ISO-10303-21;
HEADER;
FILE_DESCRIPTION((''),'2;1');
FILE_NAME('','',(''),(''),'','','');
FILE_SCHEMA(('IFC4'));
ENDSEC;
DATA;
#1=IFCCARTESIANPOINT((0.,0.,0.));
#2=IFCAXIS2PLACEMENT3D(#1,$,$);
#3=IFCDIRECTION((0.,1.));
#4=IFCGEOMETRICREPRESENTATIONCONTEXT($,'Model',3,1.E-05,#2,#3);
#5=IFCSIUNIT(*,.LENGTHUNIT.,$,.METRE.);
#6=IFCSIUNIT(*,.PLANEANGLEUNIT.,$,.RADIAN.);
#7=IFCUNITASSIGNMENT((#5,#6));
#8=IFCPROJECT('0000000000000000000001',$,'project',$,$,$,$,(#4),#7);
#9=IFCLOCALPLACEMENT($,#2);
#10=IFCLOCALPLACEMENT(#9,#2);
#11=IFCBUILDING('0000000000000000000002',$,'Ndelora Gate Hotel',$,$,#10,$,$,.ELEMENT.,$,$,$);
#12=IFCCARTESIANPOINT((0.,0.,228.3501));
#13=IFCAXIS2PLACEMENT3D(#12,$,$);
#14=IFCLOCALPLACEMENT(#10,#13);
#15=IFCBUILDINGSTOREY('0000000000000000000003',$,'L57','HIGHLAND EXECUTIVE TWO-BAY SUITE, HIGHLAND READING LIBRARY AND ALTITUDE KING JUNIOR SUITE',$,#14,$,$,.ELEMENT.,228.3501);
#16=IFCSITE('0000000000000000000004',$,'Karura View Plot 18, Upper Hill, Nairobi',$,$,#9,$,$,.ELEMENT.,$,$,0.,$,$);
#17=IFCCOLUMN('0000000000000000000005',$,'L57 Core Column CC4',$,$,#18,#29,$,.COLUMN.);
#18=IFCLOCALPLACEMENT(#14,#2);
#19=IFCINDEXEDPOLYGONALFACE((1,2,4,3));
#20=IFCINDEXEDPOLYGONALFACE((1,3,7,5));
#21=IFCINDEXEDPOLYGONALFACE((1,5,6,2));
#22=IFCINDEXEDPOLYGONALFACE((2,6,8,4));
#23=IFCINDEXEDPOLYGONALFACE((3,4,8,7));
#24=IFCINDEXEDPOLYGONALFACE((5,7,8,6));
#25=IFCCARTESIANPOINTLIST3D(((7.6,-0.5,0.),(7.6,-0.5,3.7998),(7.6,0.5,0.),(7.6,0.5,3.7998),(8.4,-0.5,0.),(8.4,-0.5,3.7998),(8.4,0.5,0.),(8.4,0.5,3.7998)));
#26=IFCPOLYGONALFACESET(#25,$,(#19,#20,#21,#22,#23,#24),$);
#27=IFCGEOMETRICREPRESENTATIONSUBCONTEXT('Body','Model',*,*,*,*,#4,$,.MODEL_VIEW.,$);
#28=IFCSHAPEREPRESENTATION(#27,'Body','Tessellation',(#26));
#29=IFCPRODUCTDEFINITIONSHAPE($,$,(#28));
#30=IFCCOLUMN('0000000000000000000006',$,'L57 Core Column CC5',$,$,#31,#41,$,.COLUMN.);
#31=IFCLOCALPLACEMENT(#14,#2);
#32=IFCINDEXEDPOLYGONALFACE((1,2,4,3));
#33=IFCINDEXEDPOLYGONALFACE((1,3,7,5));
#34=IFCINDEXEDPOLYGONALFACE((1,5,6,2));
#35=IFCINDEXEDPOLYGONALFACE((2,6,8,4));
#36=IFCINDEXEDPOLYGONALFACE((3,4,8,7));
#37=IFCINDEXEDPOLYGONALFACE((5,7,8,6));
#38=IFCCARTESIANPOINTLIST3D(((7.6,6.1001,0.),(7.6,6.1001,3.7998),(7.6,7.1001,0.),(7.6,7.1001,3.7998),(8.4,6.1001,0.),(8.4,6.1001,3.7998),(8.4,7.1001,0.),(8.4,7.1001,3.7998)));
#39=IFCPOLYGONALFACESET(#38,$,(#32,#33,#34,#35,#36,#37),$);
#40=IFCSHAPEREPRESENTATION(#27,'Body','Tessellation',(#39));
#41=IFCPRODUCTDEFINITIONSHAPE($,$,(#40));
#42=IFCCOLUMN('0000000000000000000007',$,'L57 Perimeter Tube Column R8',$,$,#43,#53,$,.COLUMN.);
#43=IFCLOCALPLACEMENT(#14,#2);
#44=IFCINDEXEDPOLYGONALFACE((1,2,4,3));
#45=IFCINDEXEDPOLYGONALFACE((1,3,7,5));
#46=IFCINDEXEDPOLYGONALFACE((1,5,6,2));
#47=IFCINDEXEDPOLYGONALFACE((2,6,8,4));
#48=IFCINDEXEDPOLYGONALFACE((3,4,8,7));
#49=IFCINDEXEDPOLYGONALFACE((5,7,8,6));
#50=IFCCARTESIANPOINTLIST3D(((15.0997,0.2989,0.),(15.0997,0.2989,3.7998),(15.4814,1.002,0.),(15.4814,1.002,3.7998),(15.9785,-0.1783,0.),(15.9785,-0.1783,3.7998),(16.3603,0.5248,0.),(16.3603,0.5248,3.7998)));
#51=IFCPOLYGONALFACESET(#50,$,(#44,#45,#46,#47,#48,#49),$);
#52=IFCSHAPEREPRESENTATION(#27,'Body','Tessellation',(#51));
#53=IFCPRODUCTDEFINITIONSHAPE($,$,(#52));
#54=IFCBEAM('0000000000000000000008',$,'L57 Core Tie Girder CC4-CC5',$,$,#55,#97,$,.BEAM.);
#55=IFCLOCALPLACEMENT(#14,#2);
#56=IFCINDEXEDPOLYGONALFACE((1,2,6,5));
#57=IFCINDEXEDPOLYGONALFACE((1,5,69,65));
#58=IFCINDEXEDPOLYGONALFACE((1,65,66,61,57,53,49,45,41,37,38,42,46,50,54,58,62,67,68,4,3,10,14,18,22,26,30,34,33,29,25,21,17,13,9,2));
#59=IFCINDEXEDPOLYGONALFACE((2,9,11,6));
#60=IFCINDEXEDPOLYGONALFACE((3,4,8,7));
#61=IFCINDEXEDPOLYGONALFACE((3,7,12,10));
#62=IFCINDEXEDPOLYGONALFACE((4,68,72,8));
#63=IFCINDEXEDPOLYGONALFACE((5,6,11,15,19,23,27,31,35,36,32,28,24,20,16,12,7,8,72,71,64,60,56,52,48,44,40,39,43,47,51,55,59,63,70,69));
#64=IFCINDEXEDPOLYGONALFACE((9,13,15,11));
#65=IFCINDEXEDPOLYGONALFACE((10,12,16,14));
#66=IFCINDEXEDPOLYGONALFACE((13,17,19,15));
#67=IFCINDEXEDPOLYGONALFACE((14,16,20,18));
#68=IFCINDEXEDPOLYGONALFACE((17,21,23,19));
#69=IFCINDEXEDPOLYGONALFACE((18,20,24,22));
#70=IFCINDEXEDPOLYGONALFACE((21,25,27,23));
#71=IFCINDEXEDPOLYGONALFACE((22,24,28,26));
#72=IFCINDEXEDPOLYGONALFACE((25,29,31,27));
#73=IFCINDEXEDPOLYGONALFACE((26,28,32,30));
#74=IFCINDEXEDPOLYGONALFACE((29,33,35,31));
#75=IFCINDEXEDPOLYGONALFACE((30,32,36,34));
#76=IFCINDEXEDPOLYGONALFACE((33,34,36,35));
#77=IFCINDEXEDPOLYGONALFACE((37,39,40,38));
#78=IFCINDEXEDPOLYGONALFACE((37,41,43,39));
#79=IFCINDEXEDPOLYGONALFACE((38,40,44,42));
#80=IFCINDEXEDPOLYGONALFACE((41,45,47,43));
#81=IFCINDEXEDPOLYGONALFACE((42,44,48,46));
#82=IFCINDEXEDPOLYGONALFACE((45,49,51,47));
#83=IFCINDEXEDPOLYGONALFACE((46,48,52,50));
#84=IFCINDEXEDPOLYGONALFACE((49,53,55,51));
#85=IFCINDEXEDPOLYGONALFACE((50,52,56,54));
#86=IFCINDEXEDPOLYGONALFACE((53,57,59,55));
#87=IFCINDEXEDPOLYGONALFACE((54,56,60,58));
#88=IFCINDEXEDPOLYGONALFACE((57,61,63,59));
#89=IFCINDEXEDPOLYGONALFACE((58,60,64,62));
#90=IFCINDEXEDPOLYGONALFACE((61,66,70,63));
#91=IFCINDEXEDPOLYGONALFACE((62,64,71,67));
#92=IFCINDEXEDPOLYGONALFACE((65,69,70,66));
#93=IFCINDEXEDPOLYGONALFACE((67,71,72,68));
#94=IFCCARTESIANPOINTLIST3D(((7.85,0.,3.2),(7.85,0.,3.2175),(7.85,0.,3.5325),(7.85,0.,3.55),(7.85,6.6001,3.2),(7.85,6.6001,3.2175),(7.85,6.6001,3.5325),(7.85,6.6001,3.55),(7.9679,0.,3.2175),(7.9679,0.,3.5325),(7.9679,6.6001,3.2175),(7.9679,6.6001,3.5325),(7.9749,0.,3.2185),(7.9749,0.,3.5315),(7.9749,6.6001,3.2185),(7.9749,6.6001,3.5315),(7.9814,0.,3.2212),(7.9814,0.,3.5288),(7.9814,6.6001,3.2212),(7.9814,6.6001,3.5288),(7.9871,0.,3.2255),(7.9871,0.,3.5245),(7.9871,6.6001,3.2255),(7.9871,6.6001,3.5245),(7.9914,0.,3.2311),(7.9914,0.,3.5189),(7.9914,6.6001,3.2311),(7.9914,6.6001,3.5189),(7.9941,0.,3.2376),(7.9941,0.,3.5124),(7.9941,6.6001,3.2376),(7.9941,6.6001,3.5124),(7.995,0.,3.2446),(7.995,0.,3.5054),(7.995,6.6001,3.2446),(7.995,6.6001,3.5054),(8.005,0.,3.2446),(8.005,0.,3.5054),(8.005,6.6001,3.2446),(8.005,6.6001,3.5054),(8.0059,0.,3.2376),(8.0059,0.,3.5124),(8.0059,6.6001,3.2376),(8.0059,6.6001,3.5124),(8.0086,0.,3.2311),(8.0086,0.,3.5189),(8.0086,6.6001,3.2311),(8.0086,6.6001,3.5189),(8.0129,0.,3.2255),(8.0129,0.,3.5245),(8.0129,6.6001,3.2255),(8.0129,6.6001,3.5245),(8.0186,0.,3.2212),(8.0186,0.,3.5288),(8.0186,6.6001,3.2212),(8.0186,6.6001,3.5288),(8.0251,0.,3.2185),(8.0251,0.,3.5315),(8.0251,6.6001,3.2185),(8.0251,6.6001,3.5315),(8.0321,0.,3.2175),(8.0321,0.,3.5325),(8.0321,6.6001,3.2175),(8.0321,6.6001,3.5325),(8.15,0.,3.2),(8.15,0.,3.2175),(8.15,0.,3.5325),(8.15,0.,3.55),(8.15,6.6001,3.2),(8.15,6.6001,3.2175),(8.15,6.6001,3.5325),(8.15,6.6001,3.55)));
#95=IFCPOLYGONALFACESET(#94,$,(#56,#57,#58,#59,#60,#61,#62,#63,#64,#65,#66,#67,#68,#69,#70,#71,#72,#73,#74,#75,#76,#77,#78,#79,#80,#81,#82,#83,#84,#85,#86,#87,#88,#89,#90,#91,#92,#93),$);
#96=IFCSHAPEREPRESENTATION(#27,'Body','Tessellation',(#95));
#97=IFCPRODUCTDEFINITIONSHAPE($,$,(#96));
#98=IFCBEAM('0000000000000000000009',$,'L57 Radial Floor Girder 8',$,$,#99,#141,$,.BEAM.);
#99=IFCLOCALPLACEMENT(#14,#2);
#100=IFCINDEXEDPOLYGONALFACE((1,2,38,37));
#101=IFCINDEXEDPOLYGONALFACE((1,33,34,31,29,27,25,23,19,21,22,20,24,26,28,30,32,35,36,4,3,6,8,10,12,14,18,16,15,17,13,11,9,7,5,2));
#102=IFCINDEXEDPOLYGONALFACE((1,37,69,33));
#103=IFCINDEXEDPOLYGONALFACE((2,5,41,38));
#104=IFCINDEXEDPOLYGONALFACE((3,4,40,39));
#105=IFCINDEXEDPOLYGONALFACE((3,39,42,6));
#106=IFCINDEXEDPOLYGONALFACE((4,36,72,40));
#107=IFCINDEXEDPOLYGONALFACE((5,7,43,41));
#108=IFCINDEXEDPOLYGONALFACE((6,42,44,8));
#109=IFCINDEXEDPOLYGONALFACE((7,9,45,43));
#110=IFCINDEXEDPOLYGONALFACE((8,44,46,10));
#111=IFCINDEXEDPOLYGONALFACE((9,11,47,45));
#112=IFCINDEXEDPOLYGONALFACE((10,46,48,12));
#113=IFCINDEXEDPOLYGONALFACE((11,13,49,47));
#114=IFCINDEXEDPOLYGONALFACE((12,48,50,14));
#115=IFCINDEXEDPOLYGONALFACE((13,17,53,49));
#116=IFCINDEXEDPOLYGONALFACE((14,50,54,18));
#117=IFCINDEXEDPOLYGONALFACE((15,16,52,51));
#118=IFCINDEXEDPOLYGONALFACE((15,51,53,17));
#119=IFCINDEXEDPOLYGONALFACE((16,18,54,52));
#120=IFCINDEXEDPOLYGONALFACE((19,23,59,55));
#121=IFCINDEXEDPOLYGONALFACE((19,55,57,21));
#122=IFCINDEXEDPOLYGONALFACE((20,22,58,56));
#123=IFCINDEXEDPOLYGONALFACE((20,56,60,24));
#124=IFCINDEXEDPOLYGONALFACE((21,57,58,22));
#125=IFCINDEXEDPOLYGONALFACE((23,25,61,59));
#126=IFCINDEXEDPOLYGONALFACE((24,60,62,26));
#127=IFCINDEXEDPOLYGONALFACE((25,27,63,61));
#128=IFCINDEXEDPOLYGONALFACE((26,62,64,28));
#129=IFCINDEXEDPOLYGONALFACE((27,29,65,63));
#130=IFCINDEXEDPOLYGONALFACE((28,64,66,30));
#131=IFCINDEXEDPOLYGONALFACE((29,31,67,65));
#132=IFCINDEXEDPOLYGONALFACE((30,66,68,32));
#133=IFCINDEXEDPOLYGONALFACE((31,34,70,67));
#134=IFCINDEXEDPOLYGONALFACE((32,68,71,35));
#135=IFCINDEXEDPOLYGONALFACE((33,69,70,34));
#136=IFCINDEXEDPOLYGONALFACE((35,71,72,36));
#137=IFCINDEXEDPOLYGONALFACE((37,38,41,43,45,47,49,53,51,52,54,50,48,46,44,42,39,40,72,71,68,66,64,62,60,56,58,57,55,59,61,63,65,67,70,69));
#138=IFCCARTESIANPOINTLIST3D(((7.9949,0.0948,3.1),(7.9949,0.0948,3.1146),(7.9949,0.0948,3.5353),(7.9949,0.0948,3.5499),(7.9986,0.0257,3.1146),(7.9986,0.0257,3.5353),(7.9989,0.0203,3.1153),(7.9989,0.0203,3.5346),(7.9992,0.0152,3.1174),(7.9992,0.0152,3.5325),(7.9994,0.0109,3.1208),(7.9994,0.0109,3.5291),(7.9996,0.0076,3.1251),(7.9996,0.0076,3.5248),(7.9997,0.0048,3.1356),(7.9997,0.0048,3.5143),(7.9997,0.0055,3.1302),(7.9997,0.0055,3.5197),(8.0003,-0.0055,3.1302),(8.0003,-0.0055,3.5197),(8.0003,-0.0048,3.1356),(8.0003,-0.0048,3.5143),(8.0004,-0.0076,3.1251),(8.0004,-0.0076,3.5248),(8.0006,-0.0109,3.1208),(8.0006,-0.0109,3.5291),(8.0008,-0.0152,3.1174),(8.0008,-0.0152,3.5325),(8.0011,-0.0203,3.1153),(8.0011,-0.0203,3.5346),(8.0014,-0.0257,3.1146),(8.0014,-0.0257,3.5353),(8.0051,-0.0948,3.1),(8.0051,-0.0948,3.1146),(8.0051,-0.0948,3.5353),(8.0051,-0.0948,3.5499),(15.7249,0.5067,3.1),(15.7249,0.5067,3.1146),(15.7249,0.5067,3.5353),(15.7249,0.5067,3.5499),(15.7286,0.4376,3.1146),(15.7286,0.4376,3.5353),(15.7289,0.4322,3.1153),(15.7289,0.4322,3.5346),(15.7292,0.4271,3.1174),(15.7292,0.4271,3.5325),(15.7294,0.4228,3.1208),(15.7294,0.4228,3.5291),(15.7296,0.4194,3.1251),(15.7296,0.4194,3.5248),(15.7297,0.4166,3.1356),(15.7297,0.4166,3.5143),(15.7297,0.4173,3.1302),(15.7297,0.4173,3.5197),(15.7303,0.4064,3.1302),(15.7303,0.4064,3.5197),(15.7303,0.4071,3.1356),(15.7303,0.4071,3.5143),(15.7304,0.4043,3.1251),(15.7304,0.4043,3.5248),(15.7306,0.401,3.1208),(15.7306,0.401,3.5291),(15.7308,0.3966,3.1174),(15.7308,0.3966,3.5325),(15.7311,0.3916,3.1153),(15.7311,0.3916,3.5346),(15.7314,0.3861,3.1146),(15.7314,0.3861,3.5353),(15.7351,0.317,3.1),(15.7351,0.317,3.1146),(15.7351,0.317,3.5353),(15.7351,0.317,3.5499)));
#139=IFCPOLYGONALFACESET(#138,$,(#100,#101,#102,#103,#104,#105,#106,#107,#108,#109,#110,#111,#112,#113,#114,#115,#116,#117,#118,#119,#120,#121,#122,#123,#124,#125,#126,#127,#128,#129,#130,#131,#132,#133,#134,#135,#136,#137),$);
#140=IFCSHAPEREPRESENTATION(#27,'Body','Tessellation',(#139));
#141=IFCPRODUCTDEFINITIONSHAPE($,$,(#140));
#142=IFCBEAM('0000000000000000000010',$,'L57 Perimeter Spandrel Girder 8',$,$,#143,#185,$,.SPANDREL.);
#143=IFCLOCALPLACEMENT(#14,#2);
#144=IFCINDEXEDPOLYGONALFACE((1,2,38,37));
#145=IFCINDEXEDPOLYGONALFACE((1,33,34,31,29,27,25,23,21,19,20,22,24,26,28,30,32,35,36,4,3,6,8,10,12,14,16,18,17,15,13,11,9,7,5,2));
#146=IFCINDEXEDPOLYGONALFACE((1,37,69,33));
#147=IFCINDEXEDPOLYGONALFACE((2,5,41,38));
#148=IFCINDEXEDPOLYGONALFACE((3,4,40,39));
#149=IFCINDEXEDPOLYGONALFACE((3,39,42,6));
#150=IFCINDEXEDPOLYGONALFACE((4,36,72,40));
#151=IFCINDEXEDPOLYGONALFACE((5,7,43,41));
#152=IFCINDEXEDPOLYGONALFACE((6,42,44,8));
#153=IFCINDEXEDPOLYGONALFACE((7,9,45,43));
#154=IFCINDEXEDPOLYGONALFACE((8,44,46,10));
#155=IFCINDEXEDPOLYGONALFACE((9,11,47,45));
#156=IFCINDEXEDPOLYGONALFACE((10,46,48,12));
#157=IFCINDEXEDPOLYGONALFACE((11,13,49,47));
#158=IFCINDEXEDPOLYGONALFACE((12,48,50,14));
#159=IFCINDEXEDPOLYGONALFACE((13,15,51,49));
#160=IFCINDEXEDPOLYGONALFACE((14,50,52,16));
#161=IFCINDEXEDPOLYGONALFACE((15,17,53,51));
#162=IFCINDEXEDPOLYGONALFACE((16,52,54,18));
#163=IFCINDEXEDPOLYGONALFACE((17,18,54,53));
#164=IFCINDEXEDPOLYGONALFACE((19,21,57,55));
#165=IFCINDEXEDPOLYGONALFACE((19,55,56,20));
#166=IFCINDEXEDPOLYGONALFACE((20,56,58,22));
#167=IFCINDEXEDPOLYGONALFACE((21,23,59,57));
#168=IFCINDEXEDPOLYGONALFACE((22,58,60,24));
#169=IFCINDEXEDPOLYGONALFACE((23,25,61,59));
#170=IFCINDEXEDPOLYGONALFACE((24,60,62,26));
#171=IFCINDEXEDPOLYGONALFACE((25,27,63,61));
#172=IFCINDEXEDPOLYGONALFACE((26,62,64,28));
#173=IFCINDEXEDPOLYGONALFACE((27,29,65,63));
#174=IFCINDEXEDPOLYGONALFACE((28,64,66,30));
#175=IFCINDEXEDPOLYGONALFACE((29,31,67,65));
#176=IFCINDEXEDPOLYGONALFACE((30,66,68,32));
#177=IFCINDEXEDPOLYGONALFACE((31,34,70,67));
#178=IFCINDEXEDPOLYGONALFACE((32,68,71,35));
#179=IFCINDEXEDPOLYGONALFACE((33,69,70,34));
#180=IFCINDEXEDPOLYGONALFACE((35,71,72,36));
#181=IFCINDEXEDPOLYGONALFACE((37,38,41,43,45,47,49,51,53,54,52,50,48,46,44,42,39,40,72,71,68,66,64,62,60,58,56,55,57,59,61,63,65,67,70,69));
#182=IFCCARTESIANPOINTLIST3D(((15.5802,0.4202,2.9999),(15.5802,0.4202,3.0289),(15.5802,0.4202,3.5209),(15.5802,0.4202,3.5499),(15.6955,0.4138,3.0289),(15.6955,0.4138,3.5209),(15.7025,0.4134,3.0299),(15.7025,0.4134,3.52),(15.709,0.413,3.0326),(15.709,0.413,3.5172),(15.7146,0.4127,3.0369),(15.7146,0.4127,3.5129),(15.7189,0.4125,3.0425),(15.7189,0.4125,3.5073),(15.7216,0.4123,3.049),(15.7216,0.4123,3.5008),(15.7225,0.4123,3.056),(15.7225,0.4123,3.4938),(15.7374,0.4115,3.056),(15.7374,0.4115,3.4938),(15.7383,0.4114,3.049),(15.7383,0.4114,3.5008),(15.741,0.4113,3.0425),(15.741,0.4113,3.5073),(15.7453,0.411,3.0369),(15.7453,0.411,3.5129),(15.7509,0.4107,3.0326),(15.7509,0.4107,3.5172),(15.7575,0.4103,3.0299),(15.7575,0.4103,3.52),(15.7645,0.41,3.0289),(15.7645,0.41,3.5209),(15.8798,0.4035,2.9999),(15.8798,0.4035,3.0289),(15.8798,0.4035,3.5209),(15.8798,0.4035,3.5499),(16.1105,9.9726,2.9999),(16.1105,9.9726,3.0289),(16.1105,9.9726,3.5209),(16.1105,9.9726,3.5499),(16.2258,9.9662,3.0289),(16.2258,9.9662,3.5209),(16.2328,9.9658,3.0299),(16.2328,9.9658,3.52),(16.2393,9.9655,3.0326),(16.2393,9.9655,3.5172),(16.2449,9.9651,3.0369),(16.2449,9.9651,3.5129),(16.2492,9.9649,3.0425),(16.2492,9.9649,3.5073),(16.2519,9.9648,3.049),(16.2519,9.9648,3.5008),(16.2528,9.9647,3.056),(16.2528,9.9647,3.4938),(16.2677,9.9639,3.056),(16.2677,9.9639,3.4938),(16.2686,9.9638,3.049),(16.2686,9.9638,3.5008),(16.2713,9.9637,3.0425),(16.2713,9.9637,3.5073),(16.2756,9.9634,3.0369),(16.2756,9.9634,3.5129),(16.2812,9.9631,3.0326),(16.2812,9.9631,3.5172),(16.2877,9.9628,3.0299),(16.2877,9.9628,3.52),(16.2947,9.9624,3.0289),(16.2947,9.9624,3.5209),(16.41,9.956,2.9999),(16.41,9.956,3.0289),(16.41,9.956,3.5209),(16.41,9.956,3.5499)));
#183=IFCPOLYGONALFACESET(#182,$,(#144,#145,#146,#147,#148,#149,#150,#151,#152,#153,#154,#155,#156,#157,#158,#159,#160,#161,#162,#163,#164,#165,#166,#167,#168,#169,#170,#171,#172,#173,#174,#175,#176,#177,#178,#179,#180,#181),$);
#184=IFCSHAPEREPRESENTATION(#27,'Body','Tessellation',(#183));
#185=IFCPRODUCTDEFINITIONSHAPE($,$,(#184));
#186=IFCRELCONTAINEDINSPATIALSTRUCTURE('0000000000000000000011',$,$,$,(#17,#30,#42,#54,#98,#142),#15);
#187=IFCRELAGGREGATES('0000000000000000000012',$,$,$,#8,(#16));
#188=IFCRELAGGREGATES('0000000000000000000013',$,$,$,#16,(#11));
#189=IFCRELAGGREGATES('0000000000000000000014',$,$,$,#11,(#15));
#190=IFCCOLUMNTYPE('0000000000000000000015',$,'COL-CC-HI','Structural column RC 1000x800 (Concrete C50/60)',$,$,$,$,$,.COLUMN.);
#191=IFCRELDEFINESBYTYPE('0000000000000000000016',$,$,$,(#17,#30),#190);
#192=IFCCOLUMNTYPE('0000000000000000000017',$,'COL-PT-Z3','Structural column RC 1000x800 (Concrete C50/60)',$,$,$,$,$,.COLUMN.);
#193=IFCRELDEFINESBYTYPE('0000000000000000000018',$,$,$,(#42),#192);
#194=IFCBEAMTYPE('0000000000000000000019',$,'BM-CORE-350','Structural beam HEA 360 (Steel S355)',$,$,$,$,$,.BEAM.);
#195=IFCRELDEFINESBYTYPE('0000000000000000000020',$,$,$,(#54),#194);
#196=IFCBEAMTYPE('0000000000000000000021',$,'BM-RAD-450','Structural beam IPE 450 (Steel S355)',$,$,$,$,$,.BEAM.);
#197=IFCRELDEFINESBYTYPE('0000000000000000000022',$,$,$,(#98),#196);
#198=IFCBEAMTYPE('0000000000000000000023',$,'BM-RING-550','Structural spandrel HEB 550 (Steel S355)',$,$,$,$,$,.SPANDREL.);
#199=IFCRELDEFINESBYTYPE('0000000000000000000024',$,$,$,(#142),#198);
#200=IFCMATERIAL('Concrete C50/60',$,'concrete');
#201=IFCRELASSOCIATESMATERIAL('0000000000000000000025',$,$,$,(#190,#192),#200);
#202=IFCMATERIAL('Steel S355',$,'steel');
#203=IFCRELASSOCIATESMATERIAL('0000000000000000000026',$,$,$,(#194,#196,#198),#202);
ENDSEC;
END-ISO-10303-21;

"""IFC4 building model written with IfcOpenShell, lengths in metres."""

from ifc_helpers import new_model, si_unit, direction, frame, origin, origin_2d, place, context, subcontext, project, spatial, rectangle, i_section, extrude, material, material_profile, profile_set, type_object, element, save


model = new_model("IFC4")

# Units and contexts
model_context = context("Model", 3, precision=1e-05, world=origin(), true_north=direction((0.0, 1.0)))
body_context = subcontext(model_context, "Body", "Model", "MODEL_VIEW")
ifc_project = project(units=[si_unit("LENGTHUNIT", "METRE"), si_unit("PLANEANGLEUNIT", "RADIAN")], contexts=[model_context])

# Site, building, storey
site_placement = place(None, origin())
site = spatial("IfcSite", under=ifc_project, at=site_placement, Name="Karura View Plot 18, Upper Hill, Nairobi", CompositionType="ELEMENT", RefElevation=0.0)
building_placement = place(site_placement, origin())
building = spatial("IfcBuilding", under=site, at=building_placement, Name="Ndelora Gate Hotel", CompositionType="ELEMENT")
storey_placement = place(building_placement, frame((0.0, 0.0, 228.3501)))
storey = spatial("IfcBuildingStorey", under=building, at=storey_placement, Name="L57", Description="HIGHLAND EXECUTIVE TWO-BAY SUITE, HIGHLAND READING LIBRARY AND ALTITUDE KING JUNIOR SUITE", CompositionType="ELEMENT", Elevation=228.3501)

# Columns
ifc_material_1 = material(Name="Concrete C50/60", Category="concrete")
ifc_material_profile_1 = material_profile(ifc_material_1, rectangle(XDim=0.8, YDim=1.0, at=origin_2d()), Name="RC 1000x800")
ifc_profile_set_1 = profile_set([ifc_material_profile_1], Name="Concrete C50/60")
column_type_1 = type_object("IfcColumnType", Name="COL-CC-HI", Description="Structural column RC 1000x800 (Concrete C50/60)", PredefinedType="COLUMN", material=ifc_profile_set_1)
for number, where, z_axis, x_axis, name in (
    (1, (8.0, 0.0, 0.0), (0.0, 0.0, 1.0), (1.0, 0.0, 0.0), "L57 Core Column CC4"),
    (2, (8.0, 6.6001, 0.0), (0.0, 0.0, 1.0), (1.0, 0.0, 0.0), "L57 Core Column CC5"),
):
    element("IfcColumn", number, at=place(storey_placement, frame(where, z_axis=z_axis, x_axis=x_axis)), inside=storey, type_object=column_type_1, Name=name, PredefinedType="COLUMN", context=body_context, shape_type="SweptSolid", body=[
        extrude(rectangle(XDim=0.8, YDim=1.0, at=origin_2d()), origin(), (0.0, 0.0, 1.0), 3.7998),
    ])
ifc_material_profile_2 = material_profile(ifc_material_1, rectangle(XDim=0.8, YDim=1.0, at=origin_2d()), Name="RC 1000x800")
ifc_profile_set_2 = profile_set([ifc_material_profile_2], Name="Concrete C50/60")
column_type_2 = type_object("IfcColumnType", Name="COL-PT-Z3", Description="Structural column RC 1000x800 (Concrete C50/60)", PredefinedType="COLUMN", material=ifc_profile_set_2)
column_placement = place(storey_placement, frame((15.73, 0.4119, 0.0), z_axis=(0.0, 0.0, 1.0), x_axis=(0.477159, 0.878817, 0.0)))
element("IfcColumn", 3, at=column_placement, inside=storey, type_object=column_type_2, Name="L57 Perimeter Tube Column R8", PredefinedType="COLUMN", context=body_context, shape_type="SweptSolid", body=[
    extrude(rectangle(XDim=0.8, YDim=1.0, at=origin_2d()), origin(), (0.0, 0.0, 1.0), 3.7998),
])

# Beams
ifc_material_2 = material(Name="Steel S355", Category="steel")
ifc_material_profile_3 = material_profile(ifc_material_2, i_section(OverallWidth=0.3, OverallDepth=0.3501, WebThickness=0.01, FlangeThickness=0.0176, FilletRadius=0.0271, at=origin_2d()), Name="HEA 360")
ifc_profile_set_3 = profile_set([ifc_material_profile_3], Name="Steel S355")
beam_type_1 = type_object("IfcBeamType", Name="BM-CORE-350", Description="Structural beam HEA 360 (Steel S355)", PredefinedType="BEAM", material=ifc_profile_set_3)
beam_1_placement = place(storey_placement, frame((8.0, 0.0, 3.375), z_axis=(0.0, 1.0, 0.0), x_axis=(-1.0, 0.0, 0.0)))
element("IfcBeam", 4, at=beam_1_placement, inside=storey, type_object=beam_type_1, Name="L57 Core Tie Girder CC4-CC5", PredefinedType="BEAM", context=body_context, shape_type="SweptSolid", body=[
    extrude(i_section(OverallWidth=0.3, OverallDepth=0.3501, WebThickness=0.01, FlangeThickness=0.0176, FilletRadius=0.0271, at=origin_2d()), origin(), (0.0, 0.0, 1.0), 6.6001),
])
ifc_material_profile_4 = material_profile(ifc_material_2, i_section(OverallWidth=0.1899, OverallDepth=0.45, WebThickness=0.0095, FlangeThickness=0.0146, FilletRadius=0.021, at=origin_2d()), Name="IPE 450")
ifc_profile_set_4 = profile_set([ifc_material_profile_4], Name="Steel S355")
beam_type_2 = type_object("IfcBeamType", Name="BM-RAD-450", Description="Structural beam IPE 450 (Steel S355)", PredefinedType="BEAM", material=ifc_profile_set_4)
beam_2_placement = place(storey_placement, frame((8.0, 0.0, 3.325), z_axis=(0.998584, 0.053206, 0.0), x_axis=(-0.053206, 0.998584, 0.0)))
element("IfcBeam", 5, at=beam_2_placement, inside=storey, type_object=beam_type_2, Name="L57 Radial Floor Girder 8", PredefinedType="BEAM", context=body_context, shape_type="SweptSolid", body=[
    extrude(i_section(OverallWidth=0.1899, OverallDepth=0.45, WebThickness=0.0095, FlangeThickness=0.0146, FilletRadius=0.021, at=origin_2d()), origin(), (0.0, 0.0, 1.0), 7.741),
])
ifc_material_profile_5 = material_profile(ifc_material_2, i_section(OverallWidth=0.3, OverallDepth=0.55, WebThickness=0.0149, FlangeThickness=0.0291, FilletRadius=0.0271, at=origin_2d()), Name="HEB 550")
ifc_profile_set_5 = profile_set([ifc_material_profile_5], Name="Steel S355")
beam_type_3 = type_object("IfcBeamType", Name="BM-RING-550", Description="Structural spandrel HEB 550 (Steel S355)", PredefinedType="SPANDREL", material=ifc_profile_set_5)
beam_3_placement = place(storey_placement, frame((15.73, 0.4119, 3.2749), z_axis=(0.055426, 0.998463, 0.0), x_axis=(-0.998463, 0.055426, 0.0)))
element("IfcBeam", 6, at=beam_3_placement, inside=storey, type_object=beam_type_3, Name="L57 Perimeter Spandrel Girder 8", PredefinedType="SPANDREL", context=body_context, shape_type="SweptSolid", body=[
    extrude(i_section(OverallWidth=0.3, OverallDepth=0.55, WebThickness=0.0149, FlangeThickness=0.0291, FilletRadius=0.0271, at=origin_2d()), origin(), (0.0, 0.0, 1.0), 9.5671),
])

save(model, "model.ifc")
